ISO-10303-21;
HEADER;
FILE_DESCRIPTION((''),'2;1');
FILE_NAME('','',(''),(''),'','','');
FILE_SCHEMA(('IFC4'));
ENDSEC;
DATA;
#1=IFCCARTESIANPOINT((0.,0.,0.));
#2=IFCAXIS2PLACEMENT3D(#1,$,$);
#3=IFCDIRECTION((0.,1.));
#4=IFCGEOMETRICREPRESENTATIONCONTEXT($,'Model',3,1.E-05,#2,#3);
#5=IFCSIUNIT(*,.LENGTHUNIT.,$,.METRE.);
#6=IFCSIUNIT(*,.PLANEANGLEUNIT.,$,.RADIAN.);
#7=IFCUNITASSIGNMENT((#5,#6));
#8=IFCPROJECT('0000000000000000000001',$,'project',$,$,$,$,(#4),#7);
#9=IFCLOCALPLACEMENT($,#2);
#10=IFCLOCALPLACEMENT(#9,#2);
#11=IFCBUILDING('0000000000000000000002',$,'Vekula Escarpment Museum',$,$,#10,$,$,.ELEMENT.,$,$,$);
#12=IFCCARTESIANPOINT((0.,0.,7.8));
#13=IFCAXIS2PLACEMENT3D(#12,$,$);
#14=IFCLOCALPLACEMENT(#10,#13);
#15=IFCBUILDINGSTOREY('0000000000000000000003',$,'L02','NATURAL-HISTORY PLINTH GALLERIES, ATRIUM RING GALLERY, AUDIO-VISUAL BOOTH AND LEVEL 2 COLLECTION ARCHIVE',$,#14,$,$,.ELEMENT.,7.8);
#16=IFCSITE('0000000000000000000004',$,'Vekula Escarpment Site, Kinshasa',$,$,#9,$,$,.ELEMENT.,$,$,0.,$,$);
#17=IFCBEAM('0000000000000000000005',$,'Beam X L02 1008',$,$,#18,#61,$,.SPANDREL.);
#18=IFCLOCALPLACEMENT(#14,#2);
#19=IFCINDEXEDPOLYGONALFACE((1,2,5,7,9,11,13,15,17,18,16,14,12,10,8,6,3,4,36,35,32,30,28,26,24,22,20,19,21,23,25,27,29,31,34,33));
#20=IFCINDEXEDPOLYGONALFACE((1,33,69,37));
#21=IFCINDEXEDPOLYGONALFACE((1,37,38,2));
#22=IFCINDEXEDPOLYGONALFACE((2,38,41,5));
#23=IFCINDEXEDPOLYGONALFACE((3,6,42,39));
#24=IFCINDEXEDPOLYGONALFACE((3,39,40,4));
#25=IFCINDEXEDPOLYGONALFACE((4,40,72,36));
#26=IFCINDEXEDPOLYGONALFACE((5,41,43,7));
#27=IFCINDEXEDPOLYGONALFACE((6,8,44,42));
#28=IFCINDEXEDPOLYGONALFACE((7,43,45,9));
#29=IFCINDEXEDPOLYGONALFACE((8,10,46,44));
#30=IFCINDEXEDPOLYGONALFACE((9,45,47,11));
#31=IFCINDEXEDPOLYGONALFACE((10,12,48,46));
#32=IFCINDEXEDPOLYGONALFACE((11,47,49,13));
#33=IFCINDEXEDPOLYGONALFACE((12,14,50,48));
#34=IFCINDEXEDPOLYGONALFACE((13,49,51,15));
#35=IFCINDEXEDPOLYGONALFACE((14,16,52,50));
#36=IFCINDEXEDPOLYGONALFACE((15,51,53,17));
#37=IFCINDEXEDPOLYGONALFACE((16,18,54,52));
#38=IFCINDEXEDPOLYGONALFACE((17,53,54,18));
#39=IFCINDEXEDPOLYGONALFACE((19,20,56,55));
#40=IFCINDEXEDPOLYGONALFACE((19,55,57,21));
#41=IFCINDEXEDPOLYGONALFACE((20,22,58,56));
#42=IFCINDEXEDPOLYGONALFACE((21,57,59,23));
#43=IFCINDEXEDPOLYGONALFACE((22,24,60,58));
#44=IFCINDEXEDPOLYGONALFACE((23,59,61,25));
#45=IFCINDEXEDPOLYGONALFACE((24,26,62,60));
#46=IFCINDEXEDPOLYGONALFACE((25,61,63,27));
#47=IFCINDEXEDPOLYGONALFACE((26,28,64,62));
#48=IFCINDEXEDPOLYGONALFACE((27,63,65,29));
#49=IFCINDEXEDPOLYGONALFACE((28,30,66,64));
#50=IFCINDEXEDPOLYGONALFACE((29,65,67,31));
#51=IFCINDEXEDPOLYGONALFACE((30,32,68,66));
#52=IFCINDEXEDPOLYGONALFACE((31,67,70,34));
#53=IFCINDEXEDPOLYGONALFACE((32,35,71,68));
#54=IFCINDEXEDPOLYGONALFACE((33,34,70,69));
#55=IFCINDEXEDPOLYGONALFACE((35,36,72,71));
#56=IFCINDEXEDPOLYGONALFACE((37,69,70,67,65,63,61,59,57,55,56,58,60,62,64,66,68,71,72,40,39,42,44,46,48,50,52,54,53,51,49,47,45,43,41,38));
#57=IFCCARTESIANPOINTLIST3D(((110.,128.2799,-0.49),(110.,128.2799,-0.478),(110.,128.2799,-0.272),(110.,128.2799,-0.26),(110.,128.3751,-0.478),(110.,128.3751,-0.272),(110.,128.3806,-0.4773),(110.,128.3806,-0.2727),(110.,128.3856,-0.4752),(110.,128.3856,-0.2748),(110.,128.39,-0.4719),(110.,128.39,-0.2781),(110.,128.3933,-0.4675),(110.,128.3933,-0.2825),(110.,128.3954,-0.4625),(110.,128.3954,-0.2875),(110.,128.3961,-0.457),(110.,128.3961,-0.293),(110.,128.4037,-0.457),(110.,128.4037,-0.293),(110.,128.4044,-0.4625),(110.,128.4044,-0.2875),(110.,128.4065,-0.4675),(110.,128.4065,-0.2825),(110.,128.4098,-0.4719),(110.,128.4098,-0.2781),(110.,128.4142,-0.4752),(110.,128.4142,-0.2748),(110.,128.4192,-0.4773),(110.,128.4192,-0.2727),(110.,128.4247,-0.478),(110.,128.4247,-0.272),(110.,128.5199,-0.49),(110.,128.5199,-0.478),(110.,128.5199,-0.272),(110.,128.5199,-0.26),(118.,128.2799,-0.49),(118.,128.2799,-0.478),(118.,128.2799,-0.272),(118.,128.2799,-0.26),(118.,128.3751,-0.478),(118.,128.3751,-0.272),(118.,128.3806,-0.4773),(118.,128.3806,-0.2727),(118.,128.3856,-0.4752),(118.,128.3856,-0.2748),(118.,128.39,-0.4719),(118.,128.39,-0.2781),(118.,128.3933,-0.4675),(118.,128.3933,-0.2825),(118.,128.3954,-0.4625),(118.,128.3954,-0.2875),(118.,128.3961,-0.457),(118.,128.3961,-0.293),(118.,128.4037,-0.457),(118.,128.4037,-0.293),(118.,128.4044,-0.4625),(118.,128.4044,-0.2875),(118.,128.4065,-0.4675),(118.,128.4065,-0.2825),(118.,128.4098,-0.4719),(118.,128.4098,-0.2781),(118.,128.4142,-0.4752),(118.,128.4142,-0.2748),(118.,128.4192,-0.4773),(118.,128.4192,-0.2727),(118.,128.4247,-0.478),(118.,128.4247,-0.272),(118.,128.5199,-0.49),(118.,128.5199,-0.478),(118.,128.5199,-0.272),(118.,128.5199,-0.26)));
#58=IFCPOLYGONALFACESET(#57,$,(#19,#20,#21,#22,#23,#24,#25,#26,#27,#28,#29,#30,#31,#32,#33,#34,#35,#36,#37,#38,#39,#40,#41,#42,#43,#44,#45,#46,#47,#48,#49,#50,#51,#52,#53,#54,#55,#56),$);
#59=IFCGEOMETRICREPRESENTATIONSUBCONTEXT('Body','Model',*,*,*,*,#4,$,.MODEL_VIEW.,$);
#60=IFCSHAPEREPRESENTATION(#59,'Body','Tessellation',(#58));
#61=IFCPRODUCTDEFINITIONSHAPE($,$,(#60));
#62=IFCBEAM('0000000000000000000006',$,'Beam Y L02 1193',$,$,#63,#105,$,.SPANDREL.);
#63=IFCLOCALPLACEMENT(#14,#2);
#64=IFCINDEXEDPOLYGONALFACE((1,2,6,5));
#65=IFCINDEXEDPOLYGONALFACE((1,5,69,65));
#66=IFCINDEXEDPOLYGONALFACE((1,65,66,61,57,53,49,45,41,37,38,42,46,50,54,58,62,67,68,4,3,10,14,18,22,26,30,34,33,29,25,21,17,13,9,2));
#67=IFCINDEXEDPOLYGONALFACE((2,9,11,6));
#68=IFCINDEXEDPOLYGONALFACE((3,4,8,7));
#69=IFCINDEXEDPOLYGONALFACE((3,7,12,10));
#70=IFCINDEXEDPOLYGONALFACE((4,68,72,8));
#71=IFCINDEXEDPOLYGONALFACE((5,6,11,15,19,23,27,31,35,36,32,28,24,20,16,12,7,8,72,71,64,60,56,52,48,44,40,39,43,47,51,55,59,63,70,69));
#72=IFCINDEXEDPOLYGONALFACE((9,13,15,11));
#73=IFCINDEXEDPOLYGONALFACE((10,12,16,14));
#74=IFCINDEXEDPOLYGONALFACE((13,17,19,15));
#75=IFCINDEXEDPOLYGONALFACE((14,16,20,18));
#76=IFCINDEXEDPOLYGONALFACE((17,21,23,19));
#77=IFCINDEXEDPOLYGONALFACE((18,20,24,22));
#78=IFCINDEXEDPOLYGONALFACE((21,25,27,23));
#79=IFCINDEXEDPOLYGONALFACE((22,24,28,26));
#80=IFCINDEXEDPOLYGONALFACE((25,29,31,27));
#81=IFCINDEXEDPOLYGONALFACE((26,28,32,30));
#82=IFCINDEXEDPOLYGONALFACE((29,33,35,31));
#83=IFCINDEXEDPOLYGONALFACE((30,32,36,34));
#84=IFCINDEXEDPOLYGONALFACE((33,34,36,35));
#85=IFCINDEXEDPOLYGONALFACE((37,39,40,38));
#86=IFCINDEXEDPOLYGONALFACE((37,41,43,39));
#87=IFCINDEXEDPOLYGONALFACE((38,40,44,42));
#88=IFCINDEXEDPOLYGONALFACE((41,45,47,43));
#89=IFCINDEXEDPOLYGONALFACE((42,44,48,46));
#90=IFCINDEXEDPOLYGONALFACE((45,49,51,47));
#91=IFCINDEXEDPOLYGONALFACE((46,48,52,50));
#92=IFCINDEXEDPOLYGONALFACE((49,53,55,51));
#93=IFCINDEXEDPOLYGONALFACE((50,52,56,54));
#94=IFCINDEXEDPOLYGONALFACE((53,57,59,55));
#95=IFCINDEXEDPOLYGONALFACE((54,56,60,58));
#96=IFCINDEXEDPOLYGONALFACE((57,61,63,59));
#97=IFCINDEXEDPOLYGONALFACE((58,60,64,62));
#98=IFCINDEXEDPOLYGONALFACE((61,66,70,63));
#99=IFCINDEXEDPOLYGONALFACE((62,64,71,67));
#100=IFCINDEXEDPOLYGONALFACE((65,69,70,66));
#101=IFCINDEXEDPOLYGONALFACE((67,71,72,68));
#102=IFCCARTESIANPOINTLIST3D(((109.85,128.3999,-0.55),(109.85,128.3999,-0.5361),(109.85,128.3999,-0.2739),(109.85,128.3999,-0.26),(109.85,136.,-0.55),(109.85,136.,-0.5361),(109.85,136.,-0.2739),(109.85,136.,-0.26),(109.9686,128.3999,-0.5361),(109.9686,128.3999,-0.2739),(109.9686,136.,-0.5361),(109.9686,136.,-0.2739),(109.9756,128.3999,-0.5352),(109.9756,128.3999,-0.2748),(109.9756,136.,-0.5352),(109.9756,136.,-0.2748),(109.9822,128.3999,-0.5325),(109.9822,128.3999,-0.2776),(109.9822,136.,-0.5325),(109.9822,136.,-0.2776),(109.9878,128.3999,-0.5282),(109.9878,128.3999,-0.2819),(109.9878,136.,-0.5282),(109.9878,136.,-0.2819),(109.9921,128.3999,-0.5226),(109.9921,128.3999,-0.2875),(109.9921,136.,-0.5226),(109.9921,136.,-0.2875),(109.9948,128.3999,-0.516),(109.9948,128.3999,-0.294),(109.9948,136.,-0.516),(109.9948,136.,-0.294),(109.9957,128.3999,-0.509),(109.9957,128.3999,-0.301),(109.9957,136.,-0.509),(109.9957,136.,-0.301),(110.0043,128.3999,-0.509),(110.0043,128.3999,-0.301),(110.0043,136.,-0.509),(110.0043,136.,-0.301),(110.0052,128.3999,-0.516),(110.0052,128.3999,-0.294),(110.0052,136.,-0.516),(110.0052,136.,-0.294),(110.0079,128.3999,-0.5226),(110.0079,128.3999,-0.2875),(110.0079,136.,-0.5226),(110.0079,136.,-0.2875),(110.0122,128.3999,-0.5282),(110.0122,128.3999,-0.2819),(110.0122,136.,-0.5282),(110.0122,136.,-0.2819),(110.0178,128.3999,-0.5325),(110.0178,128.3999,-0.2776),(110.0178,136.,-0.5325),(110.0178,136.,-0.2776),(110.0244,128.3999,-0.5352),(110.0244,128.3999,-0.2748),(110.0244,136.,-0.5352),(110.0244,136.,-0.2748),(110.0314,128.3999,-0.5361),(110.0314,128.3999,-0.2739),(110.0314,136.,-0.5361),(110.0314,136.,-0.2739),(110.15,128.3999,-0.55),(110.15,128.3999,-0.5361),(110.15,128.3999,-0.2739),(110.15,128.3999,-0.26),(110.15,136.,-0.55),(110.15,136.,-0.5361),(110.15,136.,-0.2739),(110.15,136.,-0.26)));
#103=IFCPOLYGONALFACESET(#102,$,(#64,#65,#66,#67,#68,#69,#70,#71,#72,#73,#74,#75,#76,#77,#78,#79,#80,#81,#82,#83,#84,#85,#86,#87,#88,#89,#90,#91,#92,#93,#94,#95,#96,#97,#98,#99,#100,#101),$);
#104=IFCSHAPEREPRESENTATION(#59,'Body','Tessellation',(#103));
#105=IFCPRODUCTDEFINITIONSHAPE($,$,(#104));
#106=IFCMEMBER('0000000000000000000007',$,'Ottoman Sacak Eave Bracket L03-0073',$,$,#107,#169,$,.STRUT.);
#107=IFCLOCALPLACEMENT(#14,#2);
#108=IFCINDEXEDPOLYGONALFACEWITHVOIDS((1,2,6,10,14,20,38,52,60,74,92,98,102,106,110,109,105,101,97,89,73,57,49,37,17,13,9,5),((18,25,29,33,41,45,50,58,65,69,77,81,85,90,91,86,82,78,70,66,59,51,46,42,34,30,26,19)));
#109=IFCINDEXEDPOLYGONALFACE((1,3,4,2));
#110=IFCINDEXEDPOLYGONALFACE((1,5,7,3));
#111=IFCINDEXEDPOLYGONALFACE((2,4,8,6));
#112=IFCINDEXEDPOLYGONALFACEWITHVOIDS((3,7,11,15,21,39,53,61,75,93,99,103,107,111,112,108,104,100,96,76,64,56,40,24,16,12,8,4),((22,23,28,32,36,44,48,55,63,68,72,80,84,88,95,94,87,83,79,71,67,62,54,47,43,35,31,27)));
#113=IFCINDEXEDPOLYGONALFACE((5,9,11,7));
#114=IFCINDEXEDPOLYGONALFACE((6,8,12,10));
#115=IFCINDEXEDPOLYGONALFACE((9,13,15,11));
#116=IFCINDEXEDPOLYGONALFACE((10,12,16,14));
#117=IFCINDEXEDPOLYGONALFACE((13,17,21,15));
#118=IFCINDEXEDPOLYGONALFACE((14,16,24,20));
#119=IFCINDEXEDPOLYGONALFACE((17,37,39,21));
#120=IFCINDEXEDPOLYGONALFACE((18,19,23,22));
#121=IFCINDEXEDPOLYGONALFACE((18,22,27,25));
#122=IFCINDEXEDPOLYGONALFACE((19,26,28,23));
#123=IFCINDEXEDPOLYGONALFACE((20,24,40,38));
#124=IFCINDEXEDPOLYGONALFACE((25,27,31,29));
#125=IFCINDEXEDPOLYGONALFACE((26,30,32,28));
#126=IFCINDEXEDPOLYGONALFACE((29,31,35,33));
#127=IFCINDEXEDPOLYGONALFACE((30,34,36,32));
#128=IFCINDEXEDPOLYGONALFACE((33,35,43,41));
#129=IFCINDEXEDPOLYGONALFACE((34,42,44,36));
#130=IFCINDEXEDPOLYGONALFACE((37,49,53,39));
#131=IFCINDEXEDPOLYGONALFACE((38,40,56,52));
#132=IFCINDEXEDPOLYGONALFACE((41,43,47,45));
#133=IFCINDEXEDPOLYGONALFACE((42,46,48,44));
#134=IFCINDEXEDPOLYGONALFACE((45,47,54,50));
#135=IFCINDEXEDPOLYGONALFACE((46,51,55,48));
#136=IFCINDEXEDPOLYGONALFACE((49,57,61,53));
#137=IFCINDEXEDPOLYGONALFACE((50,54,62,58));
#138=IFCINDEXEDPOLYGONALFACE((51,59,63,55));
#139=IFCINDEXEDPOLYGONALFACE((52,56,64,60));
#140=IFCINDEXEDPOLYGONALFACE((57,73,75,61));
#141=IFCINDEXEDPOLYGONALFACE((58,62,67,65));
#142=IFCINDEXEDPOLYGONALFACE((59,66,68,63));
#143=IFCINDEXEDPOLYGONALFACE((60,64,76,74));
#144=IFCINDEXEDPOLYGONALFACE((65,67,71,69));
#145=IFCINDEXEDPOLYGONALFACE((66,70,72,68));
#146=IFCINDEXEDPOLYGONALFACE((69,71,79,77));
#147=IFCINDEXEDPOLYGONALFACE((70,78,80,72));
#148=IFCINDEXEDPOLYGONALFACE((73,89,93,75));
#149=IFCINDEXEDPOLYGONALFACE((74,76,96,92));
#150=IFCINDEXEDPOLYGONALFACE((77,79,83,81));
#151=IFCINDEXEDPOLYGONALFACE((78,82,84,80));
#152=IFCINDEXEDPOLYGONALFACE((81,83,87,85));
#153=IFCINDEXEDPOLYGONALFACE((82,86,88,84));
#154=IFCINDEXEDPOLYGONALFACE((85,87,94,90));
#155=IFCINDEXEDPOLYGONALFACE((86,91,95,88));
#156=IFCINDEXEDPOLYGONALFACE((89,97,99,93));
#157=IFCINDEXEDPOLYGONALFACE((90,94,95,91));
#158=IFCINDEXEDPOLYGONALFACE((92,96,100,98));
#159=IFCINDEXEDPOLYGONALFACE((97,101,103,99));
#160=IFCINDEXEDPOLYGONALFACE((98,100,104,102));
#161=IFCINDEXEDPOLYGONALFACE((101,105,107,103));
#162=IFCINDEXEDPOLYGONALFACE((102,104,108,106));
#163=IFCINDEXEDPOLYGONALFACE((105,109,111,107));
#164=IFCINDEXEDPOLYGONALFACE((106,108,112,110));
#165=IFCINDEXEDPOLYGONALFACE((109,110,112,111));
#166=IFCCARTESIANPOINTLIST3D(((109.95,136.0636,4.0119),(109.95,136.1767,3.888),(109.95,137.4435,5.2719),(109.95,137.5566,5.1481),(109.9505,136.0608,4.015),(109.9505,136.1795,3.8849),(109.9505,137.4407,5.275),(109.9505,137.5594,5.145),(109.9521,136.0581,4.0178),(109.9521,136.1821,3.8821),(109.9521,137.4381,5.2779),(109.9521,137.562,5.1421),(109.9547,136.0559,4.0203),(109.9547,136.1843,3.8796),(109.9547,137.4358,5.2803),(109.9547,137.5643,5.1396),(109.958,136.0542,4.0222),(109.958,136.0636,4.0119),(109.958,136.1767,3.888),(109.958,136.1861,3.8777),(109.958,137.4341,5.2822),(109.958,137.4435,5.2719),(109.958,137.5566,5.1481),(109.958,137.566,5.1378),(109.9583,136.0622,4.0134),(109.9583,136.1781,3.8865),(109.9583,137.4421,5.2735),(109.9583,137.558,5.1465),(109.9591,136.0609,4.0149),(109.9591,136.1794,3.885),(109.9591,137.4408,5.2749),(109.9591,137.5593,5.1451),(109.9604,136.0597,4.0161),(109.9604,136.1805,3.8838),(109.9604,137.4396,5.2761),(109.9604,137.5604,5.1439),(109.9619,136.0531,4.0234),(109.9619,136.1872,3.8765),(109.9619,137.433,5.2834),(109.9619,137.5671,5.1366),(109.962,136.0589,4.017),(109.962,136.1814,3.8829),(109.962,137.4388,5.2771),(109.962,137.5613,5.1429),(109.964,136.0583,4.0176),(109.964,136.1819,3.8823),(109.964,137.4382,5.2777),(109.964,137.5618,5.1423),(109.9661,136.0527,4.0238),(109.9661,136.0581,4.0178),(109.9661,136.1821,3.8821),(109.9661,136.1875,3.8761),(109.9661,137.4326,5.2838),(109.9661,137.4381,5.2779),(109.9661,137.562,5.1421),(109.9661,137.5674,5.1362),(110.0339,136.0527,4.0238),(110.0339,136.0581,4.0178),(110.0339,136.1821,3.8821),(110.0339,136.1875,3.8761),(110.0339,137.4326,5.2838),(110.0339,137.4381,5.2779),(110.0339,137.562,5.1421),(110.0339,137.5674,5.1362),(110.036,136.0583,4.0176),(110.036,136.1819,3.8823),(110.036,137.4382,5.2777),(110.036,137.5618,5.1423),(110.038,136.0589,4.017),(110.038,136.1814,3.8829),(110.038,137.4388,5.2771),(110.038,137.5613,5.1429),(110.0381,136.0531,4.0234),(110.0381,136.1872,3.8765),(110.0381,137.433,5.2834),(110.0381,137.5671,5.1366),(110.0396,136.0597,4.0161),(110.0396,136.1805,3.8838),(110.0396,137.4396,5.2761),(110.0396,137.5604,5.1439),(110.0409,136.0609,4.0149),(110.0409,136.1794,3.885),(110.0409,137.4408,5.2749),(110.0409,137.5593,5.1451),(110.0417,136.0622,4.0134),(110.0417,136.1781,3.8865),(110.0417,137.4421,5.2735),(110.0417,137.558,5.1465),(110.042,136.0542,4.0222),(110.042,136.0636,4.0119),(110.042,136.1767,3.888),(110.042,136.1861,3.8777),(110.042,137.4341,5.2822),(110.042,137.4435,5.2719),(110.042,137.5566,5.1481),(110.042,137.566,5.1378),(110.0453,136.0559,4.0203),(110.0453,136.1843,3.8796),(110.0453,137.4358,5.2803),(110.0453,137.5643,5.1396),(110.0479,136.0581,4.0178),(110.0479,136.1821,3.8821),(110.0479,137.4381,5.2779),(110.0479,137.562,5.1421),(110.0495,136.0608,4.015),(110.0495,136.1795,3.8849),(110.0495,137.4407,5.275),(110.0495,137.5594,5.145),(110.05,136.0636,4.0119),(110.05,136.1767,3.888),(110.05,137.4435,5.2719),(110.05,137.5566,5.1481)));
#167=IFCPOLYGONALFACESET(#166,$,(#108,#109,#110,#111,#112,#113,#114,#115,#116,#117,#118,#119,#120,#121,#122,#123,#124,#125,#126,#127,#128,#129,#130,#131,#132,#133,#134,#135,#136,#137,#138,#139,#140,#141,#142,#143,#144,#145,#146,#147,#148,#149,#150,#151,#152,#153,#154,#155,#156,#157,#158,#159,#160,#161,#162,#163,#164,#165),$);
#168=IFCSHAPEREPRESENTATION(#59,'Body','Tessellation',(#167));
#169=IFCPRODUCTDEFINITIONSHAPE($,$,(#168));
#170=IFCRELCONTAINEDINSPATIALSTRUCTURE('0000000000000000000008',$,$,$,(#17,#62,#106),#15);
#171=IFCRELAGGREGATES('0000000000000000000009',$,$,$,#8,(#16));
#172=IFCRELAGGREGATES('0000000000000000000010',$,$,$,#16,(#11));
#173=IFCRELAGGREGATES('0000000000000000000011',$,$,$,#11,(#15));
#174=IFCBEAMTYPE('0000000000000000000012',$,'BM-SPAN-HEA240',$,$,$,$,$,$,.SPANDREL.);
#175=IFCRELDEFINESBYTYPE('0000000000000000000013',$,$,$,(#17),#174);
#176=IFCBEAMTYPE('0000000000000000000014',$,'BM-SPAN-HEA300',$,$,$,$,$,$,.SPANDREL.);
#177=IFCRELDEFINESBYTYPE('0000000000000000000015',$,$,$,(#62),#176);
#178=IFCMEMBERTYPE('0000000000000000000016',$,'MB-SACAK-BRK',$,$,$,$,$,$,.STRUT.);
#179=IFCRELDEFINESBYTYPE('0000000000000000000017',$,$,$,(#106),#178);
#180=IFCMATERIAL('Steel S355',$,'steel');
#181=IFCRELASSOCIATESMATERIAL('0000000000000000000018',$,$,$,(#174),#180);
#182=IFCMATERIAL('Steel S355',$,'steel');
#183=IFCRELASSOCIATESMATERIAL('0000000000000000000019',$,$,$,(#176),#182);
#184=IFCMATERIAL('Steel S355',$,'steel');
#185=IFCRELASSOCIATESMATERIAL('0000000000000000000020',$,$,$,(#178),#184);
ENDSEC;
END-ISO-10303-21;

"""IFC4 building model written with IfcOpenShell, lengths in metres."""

from ifc_helpers import new_model, si_unit, direction, frame, origin, origin_2d, place, context, subcontext, project, spatial, hollow_rectangle, i_section, extrude, material, material_profile, profile_set, type_object, element, save


model = new_model("IFC4")

# Units and contexts
model_context = context("Model", 3, precision=1e-05, world=origin(), true_north=direction((0.0, 1.0)))
body_context = subcontext(model_context, "Body", "Model", "MODEL_VIEW")
ifc_project = project(units=[si_unit("LENGTHUNIT", "METRE"), si_unit("PLANEANGLEUNIT", "RADIAN")], contexts=[model_context])

# Site, building, storey
site_placement = place(None, origin())
site = spatial("IfcSite", under=ifc_project, at=site_placement, Name="Vekula Escarpment Site, Kinshasa", CompositionType="ELEMENT", RefElevation=0.0)
building_placement = place(site_placement, origin())
building = spatial("IfcBuilding", under=site, at=building_placement, Name="Vekula Escarpment Museum", CompositionType="ELEMENT")
storey_placement = place(building_placement, frame((0.0, 0.0, 7.8)))
storey = spatial("IfcBuildingStorey", under=building, at=storey_placement, Name="L02", Description="NATURAL-HISTORY PLINTH GALLERIES, ATRIUM RING GALLERY, AUDIO-VISUAL BOOTH AND LEVEL 2 COLLECTION ARCHIVE", CompositionType="ELEMENT", Elevation=7.8)

# Beams
ifc_material_1 = material(Name="Steel S355", Category="steel")
ifc_material_profile_1 = material_profile(ifc_material_1, i_section(OverallWidth=0.24, OverallDepth=0.23, WebThickness=0.0076, FlangeThickness=0.012, FilletRadius=0.021, at=origin_2d()), Name="HEA 240")
ifc_profile_set_1 = profile_set([ifc_material_profile_1], Name="Steel S355")
beam_type_1 = type_object("IfcBeamType", Name="BM-SPAN-HEA240", PredefinedType="SPANDREL", material=ifc_profile_set_1)
beam_1_placement = place(storey_placement, frame((110.0, 128.3999, -0.375), z_axis=(1.0, 0.0, 0.0), x_axis=(0.0, 1.0, 0.0)))
element("IfcBeam", 1, at=beam_1_placement, inside=storey, type_object=beam_type_1, Name="Beam X L02 1008", PredefinedType="SPANDREL", context=body_context, shape_type="SweptSolid", body=[
    extrude(i_section(OverallWidth=0.24, OverallDepth=0.23, WebThickness=0.0076, FlangeThickness=0.012, FilletRadius=0.021, at=origin_2d()), origin(), (0.0, 0.0, 1.0), 8.0),
])
ifc_material_2 = material(Name="Steel S355", Category="steel")
ifc_material_profile_2 = material_profile(ifc_material_2, i_section(OverallWidth=0.3, OverallDepth=0.29, WebThickness=0.0085, FlangeThickness=0.0139, FilletRadius=0.0271, at=origin_2d()), Name="HEA 300")
ifc_profile_set_2 = profile_set([ifc_material_profile_2], Name="Steel S355")
beam_type_2 = type_object("IfcBeamType", Name="BM-SPAN-HEA300", PredefinedType="SPANDREL", material=ifc_profile_set_2)
beam_2_placement = place(storey_placement, frame((110.0, 128.3999, -0.405), z_axis=(0.0, 1.0, 0.0), x_axis=(-1.0, 0.0, 0.0)))
element("IfcBeam", 2, at=beam_2_placement, inside=storey, type_object=beam_type_2, Name="Beam Y L02 1193", PredefinedType="SPANDREL", context=body_context, shape_type="SweptSolid", body=[
    extrude(i_section(OverallWidth=0.3, OverallDepth=0.29, WebThickness=0.0085, FlangeThickness=0.0139, FilletRadius=0.0271, at=origin_2d()), origin(), (0.0, 0.0, 1.0), 7.6001),
])

# Member
ifc_material_3 = material(Name="Steel S355", Category="steel")
ifc_material_profile_3 = material_profile(ifc_material_3, hollow_rectangle(XDim=0.1001, YDim=0.2, WallThickness=0.0081, InnerFilletRadius=0.0081, OuterFilletRadius=0.0161, at=origin_2d()), Name="RHS 200x100x8")
ifc_profile_set_3 = profile_set([ifc_material_profile_3], Name="Steel S355")
member_type = type_object("IfcMemberType", Name="MB-SACAK-BRK", PredefinedType="STRUT", material=ifc_profile_set_3)
for number, where, z_axis, x_axis, name in (
    (3, (110.0, 136.1201, 3.95), (0.0, 0.738454, 0.674303), (-1.0, 0.0, 0.0), "Ottoman Sacak Eave Bracket L03-0073"),
):
    element("IfcMember", number, at=place(storey_placement, frame(where, z_axis=z_axis, x_axis=x_axis)), inside=storey, type_object=member_type, Name=name, PredefinedType="STRUT", context=body_context, shape_type="SweptSolid", body=[
        extrude(hollow_rectangle(XDim=0.1001, YDim=0.2, WallThickness=0.0081, InnerFilletRadius=0.0081, OuterFilletRadius=0.0161, at=origin_2d()), origin(), (0.0, 0.0, 1.0), 1.8687),
    ])

save(model, "model.ifc")
